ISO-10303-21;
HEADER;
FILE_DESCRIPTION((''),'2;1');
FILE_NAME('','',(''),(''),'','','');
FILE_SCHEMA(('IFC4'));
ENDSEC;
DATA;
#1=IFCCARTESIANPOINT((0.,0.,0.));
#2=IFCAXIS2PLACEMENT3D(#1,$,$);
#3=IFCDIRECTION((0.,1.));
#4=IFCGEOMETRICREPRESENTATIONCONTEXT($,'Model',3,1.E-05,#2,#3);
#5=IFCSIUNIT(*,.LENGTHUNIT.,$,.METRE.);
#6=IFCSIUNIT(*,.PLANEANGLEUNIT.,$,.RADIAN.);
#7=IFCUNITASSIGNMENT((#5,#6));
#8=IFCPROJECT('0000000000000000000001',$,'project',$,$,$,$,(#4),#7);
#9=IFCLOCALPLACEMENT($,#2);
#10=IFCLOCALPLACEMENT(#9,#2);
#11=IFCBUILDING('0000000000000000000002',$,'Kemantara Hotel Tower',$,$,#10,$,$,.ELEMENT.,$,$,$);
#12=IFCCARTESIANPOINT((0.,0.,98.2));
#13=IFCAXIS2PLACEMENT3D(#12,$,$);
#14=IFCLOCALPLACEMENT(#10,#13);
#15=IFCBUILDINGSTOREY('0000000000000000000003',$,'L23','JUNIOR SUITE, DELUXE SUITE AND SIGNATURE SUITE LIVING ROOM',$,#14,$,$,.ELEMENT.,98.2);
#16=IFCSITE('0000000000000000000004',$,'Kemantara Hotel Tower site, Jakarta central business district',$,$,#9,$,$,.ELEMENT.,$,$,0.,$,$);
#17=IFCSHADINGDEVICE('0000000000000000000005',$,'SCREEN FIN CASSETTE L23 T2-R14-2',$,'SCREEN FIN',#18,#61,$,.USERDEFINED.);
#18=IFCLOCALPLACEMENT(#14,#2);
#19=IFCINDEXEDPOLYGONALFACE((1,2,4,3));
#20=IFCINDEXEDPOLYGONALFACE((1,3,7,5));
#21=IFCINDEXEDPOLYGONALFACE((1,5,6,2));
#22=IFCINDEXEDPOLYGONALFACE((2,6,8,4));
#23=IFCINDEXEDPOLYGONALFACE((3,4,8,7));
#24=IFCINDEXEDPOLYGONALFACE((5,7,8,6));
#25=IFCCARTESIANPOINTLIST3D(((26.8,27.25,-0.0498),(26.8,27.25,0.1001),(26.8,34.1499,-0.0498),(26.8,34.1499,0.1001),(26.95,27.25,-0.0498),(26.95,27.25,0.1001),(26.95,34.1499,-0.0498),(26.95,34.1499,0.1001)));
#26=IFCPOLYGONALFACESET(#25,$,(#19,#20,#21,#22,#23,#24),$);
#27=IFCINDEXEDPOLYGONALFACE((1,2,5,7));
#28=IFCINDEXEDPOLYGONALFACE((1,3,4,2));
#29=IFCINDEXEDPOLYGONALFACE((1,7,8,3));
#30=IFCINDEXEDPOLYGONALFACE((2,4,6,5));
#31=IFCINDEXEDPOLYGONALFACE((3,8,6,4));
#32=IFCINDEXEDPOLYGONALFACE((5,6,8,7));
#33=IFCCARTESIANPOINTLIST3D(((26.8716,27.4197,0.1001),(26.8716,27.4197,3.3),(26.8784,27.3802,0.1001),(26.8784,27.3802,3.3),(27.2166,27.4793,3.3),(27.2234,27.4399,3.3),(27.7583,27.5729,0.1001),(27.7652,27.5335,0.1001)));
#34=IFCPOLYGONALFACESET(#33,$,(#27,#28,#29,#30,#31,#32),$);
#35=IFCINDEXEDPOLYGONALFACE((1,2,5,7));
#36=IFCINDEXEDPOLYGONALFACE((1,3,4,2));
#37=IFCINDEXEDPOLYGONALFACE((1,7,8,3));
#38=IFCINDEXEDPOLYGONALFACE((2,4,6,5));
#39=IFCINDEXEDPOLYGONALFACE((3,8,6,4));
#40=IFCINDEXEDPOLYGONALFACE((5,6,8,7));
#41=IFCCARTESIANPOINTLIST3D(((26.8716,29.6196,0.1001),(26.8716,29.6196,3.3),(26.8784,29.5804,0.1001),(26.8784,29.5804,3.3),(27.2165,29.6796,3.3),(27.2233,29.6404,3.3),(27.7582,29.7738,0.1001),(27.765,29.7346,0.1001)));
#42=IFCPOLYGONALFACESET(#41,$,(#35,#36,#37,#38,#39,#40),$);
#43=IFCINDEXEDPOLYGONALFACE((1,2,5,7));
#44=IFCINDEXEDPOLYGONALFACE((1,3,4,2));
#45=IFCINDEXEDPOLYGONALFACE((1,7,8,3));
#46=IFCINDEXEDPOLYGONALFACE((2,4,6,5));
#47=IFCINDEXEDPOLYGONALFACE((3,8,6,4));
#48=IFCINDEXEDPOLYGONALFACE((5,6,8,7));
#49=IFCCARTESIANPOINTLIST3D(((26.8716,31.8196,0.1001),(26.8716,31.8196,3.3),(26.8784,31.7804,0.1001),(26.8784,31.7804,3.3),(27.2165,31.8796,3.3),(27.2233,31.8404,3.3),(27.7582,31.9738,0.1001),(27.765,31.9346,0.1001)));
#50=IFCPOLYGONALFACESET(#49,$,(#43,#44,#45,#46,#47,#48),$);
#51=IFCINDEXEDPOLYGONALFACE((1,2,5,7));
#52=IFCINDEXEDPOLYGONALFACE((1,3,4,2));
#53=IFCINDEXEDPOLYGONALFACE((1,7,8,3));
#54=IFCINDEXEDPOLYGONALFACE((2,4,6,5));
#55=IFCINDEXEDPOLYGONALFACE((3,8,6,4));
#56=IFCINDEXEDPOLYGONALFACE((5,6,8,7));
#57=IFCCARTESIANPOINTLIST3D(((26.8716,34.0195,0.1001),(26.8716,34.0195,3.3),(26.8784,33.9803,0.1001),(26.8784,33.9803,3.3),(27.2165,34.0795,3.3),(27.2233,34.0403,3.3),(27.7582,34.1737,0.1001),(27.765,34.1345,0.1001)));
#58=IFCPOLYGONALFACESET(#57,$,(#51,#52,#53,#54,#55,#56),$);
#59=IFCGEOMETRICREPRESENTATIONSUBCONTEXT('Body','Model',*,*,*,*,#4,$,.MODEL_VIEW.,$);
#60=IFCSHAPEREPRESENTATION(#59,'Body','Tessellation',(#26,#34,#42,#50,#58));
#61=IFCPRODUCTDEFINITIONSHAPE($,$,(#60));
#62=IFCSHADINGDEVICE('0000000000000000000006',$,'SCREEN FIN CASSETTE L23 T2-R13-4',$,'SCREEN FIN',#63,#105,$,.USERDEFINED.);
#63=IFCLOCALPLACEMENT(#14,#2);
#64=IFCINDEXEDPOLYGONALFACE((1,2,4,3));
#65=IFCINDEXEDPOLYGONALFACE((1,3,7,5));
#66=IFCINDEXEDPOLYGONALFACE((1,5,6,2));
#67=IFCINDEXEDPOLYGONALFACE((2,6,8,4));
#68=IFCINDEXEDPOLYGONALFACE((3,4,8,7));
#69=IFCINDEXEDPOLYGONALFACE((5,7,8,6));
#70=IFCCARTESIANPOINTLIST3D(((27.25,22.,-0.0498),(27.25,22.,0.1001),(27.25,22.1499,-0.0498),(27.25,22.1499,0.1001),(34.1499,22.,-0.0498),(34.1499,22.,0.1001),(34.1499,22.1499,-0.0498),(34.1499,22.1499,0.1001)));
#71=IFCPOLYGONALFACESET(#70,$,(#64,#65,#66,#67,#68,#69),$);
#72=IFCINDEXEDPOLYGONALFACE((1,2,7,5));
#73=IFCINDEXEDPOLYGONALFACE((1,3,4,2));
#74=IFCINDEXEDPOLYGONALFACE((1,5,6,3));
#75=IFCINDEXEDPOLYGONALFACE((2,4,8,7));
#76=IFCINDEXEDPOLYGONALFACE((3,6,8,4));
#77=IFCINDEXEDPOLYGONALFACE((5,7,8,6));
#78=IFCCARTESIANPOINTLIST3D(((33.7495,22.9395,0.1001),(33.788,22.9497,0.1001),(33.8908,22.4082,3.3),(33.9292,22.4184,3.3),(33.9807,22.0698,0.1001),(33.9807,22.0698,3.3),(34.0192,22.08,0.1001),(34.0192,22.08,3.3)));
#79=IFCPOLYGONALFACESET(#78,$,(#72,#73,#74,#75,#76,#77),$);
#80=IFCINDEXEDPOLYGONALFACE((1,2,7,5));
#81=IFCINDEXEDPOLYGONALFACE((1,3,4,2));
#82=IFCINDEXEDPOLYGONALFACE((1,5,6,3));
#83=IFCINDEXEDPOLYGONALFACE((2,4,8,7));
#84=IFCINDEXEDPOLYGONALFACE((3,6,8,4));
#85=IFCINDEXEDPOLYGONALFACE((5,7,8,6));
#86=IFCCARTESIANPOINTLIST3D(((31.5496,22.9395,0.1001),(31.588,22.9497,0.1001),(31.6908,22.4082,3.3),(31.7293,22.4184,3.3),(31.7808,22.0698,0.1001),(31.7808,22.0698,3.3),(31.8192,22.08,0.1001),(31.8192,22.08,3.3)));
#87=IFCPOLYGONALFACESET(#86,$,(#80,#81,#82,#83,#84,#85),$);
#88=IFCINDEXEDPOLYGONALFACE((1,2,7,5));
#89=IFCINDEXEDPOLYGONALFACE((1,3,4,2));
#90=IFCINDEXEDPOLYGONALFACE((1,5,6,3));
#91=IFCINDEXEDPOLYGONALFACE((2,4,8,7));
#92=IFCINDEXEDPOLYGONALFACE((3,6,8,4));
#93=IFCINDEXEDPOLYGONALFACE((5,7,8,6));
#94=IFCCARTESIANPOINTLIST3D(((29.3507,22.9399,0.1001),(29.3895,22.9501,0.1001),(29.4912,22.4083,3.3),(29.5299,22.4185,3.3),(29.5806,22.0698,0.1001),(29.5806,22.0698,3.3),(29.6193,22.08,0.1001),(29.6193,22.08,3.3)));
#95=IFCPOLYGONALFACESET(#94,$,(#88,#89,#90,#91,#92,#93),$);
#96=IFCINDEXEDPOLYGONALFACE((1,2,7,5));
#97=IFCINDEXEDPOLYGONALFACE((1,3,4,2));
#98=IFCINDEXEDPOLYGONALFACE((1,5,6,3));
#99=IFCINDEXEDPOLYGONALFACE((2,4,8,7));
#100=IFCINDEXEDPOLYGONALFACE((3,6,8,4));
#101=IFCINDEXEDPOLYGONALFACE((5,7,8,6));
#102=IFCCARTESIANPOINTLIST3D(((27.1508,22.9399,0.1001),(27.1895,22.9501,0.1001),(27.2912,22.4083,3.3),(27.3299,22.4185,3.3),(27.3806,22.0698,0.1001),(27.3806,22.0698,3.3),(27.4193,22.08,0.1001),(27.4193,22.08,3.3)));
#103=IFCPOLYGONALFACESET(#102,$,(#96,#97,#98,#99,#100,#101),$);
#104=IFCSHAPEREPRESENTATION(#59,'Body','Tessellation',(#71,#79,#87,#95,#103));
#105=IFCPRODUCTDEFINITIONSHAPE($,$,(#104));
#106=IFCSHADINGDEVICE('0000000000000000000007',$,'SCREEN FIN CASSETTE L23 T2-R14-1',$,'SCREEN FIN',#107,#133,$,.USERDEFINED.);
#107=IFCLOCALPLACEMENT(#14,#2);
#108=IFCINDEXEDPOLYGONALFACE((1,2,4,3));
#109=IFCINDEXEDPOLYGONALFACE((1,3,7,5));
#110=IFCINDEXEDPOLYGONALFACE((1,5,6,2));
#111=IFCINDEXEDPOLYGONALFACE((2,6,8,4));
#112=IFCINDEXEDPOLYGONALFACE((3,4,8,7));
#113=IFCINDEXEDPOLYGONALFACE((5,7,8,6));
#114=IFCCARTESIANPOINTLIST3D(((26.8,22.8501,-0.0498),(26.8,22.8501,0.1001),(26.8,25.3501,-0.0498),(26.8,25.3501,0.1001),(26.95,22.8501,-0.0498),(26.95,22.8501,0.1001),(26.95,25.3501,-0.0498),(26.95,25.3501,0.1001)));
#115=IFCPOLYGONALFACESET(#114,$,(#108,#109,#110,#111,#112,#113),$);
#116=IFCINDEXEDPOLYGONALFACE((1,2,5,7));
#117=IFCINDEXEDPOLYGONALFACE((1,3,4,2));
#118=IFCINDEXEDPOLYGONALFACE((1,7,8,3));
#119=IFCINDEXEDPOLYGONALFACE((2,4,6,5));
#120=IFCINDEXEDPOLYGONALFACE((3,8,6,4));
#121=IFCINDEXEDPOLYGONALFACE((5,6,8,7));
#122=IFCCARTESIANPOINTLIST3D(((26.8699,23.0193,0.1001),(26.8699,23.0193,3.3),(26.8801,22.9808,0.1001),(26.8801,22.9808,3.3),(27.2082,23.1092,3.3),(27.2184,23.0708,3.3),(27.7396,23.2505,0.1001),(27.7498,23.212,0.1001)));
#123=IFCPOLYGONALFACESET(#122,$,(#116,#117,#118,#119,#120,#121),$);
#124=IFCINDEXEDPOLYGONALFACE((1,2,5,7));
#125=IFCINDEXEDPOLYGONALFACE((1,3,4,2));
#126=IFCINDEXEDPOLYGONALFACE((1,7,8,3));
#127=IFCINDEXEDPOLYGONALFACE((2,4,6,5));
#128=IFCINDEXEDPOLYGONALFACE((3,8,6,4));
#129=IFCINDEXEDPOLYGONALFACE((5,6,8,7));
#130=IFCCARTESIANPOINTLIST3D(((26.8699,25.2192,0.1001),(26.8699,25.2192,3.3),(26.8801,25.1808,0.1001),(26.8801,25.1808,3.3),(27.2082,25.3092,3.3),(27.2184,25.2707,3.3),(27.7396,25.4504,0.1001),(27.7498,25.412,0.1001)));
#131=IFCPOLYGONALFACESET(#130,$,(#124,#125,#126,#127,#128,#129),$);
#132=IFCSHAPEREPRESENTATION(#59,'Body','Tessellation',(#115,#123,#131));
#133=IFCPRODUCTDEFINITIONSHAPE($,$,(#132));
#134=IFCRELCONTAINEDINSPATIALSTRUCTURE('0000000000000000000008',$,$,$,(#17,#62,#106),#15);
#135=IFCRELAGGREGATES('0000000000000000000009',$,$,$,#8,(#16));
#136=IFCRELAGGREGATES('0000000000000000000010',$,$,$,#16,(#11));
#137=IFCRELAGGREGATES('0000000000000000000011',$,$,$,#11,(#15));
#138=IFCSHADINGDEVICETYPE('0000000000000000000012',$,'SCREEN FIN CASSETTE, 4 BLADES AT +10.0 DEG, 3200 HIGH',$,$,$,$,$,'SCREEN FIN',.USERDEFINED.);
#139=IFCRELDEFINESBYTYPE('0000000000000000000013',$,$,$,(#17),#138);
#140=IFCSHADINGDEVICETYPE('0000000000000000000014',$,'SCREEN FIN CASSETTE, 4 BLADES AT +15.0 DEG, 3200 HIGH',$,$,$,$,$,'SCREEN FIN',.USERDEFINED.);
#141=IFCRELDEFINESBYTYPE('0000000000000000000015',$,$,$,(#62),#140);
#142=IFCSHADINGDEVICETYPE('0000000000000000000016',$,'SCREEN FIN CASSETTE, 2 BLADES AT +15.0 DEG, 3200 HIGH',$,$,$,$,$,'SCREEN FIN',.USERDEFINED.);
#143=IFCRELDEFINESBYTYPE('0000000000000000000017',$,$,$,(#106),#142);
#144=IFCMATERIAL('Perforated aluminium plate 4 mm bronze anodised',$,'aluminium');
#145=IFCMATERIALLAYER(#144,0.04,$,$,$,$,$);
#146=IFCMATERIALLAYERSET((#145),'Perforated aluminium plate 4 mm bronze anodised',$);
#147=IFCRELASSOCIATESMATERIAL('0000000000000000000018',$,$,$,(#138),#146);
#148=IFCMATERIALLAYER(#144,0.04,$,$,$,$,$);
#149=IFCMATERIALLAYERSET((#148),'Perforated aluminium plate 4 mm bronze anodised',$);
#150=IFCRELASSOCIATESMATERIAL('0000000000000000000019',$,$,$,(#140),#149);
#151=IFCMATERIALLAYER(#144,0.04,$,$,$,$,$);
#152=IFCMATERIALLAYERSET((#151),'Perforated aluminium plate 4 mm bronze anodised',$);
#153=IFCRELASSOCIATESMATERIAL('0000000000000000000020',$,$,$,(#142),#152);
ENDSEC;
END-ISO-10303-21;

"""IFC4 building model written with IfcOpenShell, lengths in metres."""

from ifc_helpers import new_model, si_unit, direction, frame, origin, origin_2d, place, context, subcontext, project, spatial, polyline, rectangle, outline, extrude, source, transform, mapped, material, layer, layer_set, type_object, element, save


model = new_model("IFC4")

# Units and contexts
model_context = context("Model", 3, precision=1e-05, world=origin(), true_north=direction((0.0, 1.0)))
body_context = subcontext(model_context, "Body", "Model", "MODEL_VIEW")
ifc_project = project(units=[si_unit("LENGTHUNIT", "METRE"), si_unit("PLANEANGLEUNIT", "RADIAN")], contexts=[model_context])

# Site, building, storey
site_placement = place(None, origin())
site = spatial("IfcSite", under=ifc_project, at=site_placement, Name="Kemantara Hotel Tower site, Jakarta central business district", CompositionType="ELEMENT", RefElevation=0.0)
building_placement = place(site_placement, origin())
building = spatial("IfcBuilding", under=site, at=building_placement, Name="Kemantara Hotel Tower", CompositionType="ELEMENT")
storey_placement = place(building_placement, frame((0.0, 0.0, 98.2)))
storey = spatial("IfcBuildingStorey", under=building, at=storey_placement, Name="L23", Description="JUNIOR SUITE, DELUXE SUITE AND SIGNATURE SUITE LIVING ROOM", CompositionType="ELEMENT", Elevation=98.2)

# Shading devices
ifc_material_1 = material(Name="Perforated aluminium plate 4 mm bronze anodised", Category="aluminium")
ifc_layer_1 = layer(ifc_material_1, 0.04)
ifc_layer_set_1 = layer_set([ifc_layer_1], Name="Perforated aluminium plate 4 mm bronze anodised")
shading_device_type_1 = type_object("IfcShadingDeviceType", Name="SCREEN FIN CASSETTE, 4 BLADES AT +10.0 DEG, 3200 HIGH", ElementType="SCREEN FIN", PredefinedType="USERDEFINED", material=ifc_layer_set_1)
shared_shape_1 = source(origin(), body_context, "Body", "SweptSolid", [
    extrude(rectangle(XDim=6.8999, YDim=0.1499, at=origin_2d()), frame((3.3, -0.075, -0.1499), z_axis=(0.0, 0.0, 1.0), x_axis=(1.0, 0.0, 0.0)), (0.0, 0.0, 1.0), 0.1499),
    extrude(outline(polyline([(0.0, 0.0), (0.8999, 0.0), (0.3501, 3.2), (0.0, 3.2), (0.0, 0.0)])), frame((0.0198, -0.0715, 0.0), z_axis=(-0.98539, -0.170314, 0.0), x_axis=(0.170314, -0.98539, 0.0)), (0.0, 0.0, 1.0), 0.04),
    extrude(outline(polyline([(0.0, 0.0), (0.8999, 0.0), (0.3501, 3.2), (0.0, 3.2), (0.0, 0.0)])), frame((2.2197, -0.0715, 0.0), z_axis=(-0.985212, -0.171341, 0.0), x_axis=(0.171341, -0.985212, 0.0)), (0.0, 0.0, 1.0), 0.0398),
    extrude(outline(polyline([(0.0, 0.0), (0.8999, 0.0), (0.3501, 3.2), (0.0, 3.2), (0.0, 0.0)])), frame((4.4197, -0.0715, 0.0), z_axis=(-0.985212, -0.171341, 0.0), x_axis=(0.171341, -0.985212, 0.0)), (0.0, 0.0, 1.0), 0.0398),
    extrude(outline(polyline([(0.0, 0.0), (0.8999, 0.0), (0.3501, 3.2), (0.0, 3.2), (0.0, 0.0)])), frame((6.6196, -0.0715, 0.0), z_axis=(-0.985212, -0.171341, 0.0), x_axis=(0.171341, -0.985212, 0.0)), (0.0, 0.0, 1.0), 0.0398),
])
shading_device_1_placement = place(storey_placement, frame((26.8, 27.3999, 0.1001), z_axis=(0.0, 0.0, 1.0), x_axis=(0.0, 1.0, 0.0)))
element("IfcShadingDevice", 1, at=shading_device_1_placement, inside=storey, type_object=shading_device_type_1, Name="SCREEN FIN CASSETTE L23 T2-R14-2", ObjectType="SCREEN FIN", PredefinedType="USERDEFINED", context=body_context, shape_type="MappedRepresentation", body=[
    mapped(shared_shape_1, transform((0.0, 0.0, 0.0))),
])
ifc_layer_2 = layer(ifc_material_1, 0.04)
ifc_layer_set_2 = layer_set([ifc_layer_2], Name="Perforated aluminium plate 4 mm bronze anodised")
shading_device_type_2 = type_object("IfcShadingDeviceType", Name="SCREEN FIN CASSETTE, 4 BLADES AT +15.0 DEG, 3200 HIGH", ElementType="SCREEN FIN", PredefinedType="USERDEFINED", material=ifc_layer_set_2)
shared_shape_2 = source(origin(), body_context, "Body", "SweptSolid", [
    extrude(rectangle(XDim=6.8999, YDim=0.1499, at=origin_2d()), frame((3.3, -0.075, -0.1499), z_axis=(0.0, 0.0, 1.0), x_axis=(1.0, 0.0, 0.0)), (0.0, 0.0, 1.0), 0.1499),
    extrude(outline(polyline([(0.0, 0.0), (0.8999, 0.0), (0.3501, 3.2), (0.0, 3.2), (0.0, 0.0)])), frame((0.0193, -0.0698, 0.0), z_axis=(-0.966438, -0.256901, 0.0), x_axis=(0.256901, -0.966438, 0.0)), (0.0, 0.0, 1.0), 0.0398),
    extrude(outline(polyline([(0.0, 0.0), (0.8999, 0.0), (0.3501, 3.2), (0.0, 3.2), (0.0, 0.0)])), frame((2.2192, -0.0698, 0.0), z_axis=(-0.966438, -0.256901, 0.0), x_axis=(0.256901, -0.966438, 0.0)), (0.0, 0.0, 1.0), 0.0398),
    extrude(outline(polyline([(0.0, 0.0), (0.8999, 0.0), (0.3501, 3.2), (0.0, 3.2), (0.0, 0.0)])), frame((4.4194, -0.0698, 0.0), z_axis=(-0.966838, -0.255391, 0.0), x_axis=(0.255391, -0.966838, 0.0)), (0.0, 0.0, 1.0), 0.04),
    extrude(outline(polyline([(0.0, 0.0), (0.8999, 0.0), (0.3501, 3.2), (0.0, 3.2), (0.0, 0.0)])), frame((6.6194, -0.0698, 0.0), z_axis=(-0.966838, -0.255391, 0.0), x_axis=(0.255391, -0.966838, 0.0)), (0.0, 0.0, 1.0), 0.04),
])
shading_device_2_placement = place(storey_placement, frame((34.0, 22.0, 0.1001), z_axis=(0.0, 0.0, 1.0), x_axis=(-1.0, 0.0, 0.0)))
element("IfcShadingDevice", 2, at=shading_device_2_placement, inside=storey, type_object=shading_device_type_2, Name="SCREEN FIN CASSETTE L23 T2-R13-4", ObjectType="SCREEN FIN", PredefinedType="USERDEFINED", context=body_context, shape_type="MappedRepresentation", body=[
    mapped(shared_shape_2, transform((0.0, 0.0, 0.0))),
])
ifc_layer_3 = layer(ifc_material_1, 0.04)
ifc_layer_set_3 = layer_set([ifc_layer_3], Name="Perforated aluminium plate 4 mm bronze anodised")
shading_device_type_3 = type_object("IfcShadingDeviceType", Name="SCREEN FIN CASSETTE, 2 BLADES AT +15.0 DEG, 3200 HIGH", ElementType="SCREEN FIN", PredefinedType="USERDEFINED", material=ifc_layer_set_3)
shared_shape_3 = source(origin(), body_context, "Body", "SweptSolid", [
    extrude(rectangle(XDim=2.5, YDim=0.1499, at=origin_2d()), frame((1.1001, -0.075, -0.1499), z_axis=(0.0, 0.0, 1.0), x_axis=(1.0, 0.0, 0.0)), (0.0, 0.0, 1.0), 0.1499),
    extrude(outline(polyline([(0.0, 0.0), (0.8999, 0.0), (0.3501, 3.2), (0.0, 3.2), (0.0, 0.0)])), frame((0.0193, -0.0698, 0.0), z_axis=(-0.966438, -0.256901, 0.0), x_axis=(0.256901, -0.966438, 0.0)), (0.0, 0.0, 1.0), 0.0398),
    extrude(outline(polyline([(0.0, 0.0), (0.8999, 0.0), (0.3501, 3.2), (0.0, 3.2), (0.0, 0.0)])), frame((2.2192, -0.0698, 0.0), z_axis=(-0.966438, -0.256901, 0.0), x_axis=(0.256901, -0.966438, 0.0)), (0.0, 0.0, 1.0), 0.0398),
])
shading_device_3_placement = place(storey_placement, frame((26.8, 23.0, 0.1001), z_axis=(0.0, 0.0, 1.0), x_axis=(0.0, 1.0, 0.0)))
element("IfcShadingDevice", 3, at=shading_device_3_placement, inside=storey, type_object=shading_device_type_3, Name="SCREEN FIN CASSETTE L23 T2-R14-1", ObjectType="SCREEN FIN", PredefinedType="USERDEFINED", context=body_context, shape_type="MappedRepresentation", body=[
    mapped(shared_shape_3, transform((0.0, 0.0, 0.0))),
])

save(model, "model.ifc")
